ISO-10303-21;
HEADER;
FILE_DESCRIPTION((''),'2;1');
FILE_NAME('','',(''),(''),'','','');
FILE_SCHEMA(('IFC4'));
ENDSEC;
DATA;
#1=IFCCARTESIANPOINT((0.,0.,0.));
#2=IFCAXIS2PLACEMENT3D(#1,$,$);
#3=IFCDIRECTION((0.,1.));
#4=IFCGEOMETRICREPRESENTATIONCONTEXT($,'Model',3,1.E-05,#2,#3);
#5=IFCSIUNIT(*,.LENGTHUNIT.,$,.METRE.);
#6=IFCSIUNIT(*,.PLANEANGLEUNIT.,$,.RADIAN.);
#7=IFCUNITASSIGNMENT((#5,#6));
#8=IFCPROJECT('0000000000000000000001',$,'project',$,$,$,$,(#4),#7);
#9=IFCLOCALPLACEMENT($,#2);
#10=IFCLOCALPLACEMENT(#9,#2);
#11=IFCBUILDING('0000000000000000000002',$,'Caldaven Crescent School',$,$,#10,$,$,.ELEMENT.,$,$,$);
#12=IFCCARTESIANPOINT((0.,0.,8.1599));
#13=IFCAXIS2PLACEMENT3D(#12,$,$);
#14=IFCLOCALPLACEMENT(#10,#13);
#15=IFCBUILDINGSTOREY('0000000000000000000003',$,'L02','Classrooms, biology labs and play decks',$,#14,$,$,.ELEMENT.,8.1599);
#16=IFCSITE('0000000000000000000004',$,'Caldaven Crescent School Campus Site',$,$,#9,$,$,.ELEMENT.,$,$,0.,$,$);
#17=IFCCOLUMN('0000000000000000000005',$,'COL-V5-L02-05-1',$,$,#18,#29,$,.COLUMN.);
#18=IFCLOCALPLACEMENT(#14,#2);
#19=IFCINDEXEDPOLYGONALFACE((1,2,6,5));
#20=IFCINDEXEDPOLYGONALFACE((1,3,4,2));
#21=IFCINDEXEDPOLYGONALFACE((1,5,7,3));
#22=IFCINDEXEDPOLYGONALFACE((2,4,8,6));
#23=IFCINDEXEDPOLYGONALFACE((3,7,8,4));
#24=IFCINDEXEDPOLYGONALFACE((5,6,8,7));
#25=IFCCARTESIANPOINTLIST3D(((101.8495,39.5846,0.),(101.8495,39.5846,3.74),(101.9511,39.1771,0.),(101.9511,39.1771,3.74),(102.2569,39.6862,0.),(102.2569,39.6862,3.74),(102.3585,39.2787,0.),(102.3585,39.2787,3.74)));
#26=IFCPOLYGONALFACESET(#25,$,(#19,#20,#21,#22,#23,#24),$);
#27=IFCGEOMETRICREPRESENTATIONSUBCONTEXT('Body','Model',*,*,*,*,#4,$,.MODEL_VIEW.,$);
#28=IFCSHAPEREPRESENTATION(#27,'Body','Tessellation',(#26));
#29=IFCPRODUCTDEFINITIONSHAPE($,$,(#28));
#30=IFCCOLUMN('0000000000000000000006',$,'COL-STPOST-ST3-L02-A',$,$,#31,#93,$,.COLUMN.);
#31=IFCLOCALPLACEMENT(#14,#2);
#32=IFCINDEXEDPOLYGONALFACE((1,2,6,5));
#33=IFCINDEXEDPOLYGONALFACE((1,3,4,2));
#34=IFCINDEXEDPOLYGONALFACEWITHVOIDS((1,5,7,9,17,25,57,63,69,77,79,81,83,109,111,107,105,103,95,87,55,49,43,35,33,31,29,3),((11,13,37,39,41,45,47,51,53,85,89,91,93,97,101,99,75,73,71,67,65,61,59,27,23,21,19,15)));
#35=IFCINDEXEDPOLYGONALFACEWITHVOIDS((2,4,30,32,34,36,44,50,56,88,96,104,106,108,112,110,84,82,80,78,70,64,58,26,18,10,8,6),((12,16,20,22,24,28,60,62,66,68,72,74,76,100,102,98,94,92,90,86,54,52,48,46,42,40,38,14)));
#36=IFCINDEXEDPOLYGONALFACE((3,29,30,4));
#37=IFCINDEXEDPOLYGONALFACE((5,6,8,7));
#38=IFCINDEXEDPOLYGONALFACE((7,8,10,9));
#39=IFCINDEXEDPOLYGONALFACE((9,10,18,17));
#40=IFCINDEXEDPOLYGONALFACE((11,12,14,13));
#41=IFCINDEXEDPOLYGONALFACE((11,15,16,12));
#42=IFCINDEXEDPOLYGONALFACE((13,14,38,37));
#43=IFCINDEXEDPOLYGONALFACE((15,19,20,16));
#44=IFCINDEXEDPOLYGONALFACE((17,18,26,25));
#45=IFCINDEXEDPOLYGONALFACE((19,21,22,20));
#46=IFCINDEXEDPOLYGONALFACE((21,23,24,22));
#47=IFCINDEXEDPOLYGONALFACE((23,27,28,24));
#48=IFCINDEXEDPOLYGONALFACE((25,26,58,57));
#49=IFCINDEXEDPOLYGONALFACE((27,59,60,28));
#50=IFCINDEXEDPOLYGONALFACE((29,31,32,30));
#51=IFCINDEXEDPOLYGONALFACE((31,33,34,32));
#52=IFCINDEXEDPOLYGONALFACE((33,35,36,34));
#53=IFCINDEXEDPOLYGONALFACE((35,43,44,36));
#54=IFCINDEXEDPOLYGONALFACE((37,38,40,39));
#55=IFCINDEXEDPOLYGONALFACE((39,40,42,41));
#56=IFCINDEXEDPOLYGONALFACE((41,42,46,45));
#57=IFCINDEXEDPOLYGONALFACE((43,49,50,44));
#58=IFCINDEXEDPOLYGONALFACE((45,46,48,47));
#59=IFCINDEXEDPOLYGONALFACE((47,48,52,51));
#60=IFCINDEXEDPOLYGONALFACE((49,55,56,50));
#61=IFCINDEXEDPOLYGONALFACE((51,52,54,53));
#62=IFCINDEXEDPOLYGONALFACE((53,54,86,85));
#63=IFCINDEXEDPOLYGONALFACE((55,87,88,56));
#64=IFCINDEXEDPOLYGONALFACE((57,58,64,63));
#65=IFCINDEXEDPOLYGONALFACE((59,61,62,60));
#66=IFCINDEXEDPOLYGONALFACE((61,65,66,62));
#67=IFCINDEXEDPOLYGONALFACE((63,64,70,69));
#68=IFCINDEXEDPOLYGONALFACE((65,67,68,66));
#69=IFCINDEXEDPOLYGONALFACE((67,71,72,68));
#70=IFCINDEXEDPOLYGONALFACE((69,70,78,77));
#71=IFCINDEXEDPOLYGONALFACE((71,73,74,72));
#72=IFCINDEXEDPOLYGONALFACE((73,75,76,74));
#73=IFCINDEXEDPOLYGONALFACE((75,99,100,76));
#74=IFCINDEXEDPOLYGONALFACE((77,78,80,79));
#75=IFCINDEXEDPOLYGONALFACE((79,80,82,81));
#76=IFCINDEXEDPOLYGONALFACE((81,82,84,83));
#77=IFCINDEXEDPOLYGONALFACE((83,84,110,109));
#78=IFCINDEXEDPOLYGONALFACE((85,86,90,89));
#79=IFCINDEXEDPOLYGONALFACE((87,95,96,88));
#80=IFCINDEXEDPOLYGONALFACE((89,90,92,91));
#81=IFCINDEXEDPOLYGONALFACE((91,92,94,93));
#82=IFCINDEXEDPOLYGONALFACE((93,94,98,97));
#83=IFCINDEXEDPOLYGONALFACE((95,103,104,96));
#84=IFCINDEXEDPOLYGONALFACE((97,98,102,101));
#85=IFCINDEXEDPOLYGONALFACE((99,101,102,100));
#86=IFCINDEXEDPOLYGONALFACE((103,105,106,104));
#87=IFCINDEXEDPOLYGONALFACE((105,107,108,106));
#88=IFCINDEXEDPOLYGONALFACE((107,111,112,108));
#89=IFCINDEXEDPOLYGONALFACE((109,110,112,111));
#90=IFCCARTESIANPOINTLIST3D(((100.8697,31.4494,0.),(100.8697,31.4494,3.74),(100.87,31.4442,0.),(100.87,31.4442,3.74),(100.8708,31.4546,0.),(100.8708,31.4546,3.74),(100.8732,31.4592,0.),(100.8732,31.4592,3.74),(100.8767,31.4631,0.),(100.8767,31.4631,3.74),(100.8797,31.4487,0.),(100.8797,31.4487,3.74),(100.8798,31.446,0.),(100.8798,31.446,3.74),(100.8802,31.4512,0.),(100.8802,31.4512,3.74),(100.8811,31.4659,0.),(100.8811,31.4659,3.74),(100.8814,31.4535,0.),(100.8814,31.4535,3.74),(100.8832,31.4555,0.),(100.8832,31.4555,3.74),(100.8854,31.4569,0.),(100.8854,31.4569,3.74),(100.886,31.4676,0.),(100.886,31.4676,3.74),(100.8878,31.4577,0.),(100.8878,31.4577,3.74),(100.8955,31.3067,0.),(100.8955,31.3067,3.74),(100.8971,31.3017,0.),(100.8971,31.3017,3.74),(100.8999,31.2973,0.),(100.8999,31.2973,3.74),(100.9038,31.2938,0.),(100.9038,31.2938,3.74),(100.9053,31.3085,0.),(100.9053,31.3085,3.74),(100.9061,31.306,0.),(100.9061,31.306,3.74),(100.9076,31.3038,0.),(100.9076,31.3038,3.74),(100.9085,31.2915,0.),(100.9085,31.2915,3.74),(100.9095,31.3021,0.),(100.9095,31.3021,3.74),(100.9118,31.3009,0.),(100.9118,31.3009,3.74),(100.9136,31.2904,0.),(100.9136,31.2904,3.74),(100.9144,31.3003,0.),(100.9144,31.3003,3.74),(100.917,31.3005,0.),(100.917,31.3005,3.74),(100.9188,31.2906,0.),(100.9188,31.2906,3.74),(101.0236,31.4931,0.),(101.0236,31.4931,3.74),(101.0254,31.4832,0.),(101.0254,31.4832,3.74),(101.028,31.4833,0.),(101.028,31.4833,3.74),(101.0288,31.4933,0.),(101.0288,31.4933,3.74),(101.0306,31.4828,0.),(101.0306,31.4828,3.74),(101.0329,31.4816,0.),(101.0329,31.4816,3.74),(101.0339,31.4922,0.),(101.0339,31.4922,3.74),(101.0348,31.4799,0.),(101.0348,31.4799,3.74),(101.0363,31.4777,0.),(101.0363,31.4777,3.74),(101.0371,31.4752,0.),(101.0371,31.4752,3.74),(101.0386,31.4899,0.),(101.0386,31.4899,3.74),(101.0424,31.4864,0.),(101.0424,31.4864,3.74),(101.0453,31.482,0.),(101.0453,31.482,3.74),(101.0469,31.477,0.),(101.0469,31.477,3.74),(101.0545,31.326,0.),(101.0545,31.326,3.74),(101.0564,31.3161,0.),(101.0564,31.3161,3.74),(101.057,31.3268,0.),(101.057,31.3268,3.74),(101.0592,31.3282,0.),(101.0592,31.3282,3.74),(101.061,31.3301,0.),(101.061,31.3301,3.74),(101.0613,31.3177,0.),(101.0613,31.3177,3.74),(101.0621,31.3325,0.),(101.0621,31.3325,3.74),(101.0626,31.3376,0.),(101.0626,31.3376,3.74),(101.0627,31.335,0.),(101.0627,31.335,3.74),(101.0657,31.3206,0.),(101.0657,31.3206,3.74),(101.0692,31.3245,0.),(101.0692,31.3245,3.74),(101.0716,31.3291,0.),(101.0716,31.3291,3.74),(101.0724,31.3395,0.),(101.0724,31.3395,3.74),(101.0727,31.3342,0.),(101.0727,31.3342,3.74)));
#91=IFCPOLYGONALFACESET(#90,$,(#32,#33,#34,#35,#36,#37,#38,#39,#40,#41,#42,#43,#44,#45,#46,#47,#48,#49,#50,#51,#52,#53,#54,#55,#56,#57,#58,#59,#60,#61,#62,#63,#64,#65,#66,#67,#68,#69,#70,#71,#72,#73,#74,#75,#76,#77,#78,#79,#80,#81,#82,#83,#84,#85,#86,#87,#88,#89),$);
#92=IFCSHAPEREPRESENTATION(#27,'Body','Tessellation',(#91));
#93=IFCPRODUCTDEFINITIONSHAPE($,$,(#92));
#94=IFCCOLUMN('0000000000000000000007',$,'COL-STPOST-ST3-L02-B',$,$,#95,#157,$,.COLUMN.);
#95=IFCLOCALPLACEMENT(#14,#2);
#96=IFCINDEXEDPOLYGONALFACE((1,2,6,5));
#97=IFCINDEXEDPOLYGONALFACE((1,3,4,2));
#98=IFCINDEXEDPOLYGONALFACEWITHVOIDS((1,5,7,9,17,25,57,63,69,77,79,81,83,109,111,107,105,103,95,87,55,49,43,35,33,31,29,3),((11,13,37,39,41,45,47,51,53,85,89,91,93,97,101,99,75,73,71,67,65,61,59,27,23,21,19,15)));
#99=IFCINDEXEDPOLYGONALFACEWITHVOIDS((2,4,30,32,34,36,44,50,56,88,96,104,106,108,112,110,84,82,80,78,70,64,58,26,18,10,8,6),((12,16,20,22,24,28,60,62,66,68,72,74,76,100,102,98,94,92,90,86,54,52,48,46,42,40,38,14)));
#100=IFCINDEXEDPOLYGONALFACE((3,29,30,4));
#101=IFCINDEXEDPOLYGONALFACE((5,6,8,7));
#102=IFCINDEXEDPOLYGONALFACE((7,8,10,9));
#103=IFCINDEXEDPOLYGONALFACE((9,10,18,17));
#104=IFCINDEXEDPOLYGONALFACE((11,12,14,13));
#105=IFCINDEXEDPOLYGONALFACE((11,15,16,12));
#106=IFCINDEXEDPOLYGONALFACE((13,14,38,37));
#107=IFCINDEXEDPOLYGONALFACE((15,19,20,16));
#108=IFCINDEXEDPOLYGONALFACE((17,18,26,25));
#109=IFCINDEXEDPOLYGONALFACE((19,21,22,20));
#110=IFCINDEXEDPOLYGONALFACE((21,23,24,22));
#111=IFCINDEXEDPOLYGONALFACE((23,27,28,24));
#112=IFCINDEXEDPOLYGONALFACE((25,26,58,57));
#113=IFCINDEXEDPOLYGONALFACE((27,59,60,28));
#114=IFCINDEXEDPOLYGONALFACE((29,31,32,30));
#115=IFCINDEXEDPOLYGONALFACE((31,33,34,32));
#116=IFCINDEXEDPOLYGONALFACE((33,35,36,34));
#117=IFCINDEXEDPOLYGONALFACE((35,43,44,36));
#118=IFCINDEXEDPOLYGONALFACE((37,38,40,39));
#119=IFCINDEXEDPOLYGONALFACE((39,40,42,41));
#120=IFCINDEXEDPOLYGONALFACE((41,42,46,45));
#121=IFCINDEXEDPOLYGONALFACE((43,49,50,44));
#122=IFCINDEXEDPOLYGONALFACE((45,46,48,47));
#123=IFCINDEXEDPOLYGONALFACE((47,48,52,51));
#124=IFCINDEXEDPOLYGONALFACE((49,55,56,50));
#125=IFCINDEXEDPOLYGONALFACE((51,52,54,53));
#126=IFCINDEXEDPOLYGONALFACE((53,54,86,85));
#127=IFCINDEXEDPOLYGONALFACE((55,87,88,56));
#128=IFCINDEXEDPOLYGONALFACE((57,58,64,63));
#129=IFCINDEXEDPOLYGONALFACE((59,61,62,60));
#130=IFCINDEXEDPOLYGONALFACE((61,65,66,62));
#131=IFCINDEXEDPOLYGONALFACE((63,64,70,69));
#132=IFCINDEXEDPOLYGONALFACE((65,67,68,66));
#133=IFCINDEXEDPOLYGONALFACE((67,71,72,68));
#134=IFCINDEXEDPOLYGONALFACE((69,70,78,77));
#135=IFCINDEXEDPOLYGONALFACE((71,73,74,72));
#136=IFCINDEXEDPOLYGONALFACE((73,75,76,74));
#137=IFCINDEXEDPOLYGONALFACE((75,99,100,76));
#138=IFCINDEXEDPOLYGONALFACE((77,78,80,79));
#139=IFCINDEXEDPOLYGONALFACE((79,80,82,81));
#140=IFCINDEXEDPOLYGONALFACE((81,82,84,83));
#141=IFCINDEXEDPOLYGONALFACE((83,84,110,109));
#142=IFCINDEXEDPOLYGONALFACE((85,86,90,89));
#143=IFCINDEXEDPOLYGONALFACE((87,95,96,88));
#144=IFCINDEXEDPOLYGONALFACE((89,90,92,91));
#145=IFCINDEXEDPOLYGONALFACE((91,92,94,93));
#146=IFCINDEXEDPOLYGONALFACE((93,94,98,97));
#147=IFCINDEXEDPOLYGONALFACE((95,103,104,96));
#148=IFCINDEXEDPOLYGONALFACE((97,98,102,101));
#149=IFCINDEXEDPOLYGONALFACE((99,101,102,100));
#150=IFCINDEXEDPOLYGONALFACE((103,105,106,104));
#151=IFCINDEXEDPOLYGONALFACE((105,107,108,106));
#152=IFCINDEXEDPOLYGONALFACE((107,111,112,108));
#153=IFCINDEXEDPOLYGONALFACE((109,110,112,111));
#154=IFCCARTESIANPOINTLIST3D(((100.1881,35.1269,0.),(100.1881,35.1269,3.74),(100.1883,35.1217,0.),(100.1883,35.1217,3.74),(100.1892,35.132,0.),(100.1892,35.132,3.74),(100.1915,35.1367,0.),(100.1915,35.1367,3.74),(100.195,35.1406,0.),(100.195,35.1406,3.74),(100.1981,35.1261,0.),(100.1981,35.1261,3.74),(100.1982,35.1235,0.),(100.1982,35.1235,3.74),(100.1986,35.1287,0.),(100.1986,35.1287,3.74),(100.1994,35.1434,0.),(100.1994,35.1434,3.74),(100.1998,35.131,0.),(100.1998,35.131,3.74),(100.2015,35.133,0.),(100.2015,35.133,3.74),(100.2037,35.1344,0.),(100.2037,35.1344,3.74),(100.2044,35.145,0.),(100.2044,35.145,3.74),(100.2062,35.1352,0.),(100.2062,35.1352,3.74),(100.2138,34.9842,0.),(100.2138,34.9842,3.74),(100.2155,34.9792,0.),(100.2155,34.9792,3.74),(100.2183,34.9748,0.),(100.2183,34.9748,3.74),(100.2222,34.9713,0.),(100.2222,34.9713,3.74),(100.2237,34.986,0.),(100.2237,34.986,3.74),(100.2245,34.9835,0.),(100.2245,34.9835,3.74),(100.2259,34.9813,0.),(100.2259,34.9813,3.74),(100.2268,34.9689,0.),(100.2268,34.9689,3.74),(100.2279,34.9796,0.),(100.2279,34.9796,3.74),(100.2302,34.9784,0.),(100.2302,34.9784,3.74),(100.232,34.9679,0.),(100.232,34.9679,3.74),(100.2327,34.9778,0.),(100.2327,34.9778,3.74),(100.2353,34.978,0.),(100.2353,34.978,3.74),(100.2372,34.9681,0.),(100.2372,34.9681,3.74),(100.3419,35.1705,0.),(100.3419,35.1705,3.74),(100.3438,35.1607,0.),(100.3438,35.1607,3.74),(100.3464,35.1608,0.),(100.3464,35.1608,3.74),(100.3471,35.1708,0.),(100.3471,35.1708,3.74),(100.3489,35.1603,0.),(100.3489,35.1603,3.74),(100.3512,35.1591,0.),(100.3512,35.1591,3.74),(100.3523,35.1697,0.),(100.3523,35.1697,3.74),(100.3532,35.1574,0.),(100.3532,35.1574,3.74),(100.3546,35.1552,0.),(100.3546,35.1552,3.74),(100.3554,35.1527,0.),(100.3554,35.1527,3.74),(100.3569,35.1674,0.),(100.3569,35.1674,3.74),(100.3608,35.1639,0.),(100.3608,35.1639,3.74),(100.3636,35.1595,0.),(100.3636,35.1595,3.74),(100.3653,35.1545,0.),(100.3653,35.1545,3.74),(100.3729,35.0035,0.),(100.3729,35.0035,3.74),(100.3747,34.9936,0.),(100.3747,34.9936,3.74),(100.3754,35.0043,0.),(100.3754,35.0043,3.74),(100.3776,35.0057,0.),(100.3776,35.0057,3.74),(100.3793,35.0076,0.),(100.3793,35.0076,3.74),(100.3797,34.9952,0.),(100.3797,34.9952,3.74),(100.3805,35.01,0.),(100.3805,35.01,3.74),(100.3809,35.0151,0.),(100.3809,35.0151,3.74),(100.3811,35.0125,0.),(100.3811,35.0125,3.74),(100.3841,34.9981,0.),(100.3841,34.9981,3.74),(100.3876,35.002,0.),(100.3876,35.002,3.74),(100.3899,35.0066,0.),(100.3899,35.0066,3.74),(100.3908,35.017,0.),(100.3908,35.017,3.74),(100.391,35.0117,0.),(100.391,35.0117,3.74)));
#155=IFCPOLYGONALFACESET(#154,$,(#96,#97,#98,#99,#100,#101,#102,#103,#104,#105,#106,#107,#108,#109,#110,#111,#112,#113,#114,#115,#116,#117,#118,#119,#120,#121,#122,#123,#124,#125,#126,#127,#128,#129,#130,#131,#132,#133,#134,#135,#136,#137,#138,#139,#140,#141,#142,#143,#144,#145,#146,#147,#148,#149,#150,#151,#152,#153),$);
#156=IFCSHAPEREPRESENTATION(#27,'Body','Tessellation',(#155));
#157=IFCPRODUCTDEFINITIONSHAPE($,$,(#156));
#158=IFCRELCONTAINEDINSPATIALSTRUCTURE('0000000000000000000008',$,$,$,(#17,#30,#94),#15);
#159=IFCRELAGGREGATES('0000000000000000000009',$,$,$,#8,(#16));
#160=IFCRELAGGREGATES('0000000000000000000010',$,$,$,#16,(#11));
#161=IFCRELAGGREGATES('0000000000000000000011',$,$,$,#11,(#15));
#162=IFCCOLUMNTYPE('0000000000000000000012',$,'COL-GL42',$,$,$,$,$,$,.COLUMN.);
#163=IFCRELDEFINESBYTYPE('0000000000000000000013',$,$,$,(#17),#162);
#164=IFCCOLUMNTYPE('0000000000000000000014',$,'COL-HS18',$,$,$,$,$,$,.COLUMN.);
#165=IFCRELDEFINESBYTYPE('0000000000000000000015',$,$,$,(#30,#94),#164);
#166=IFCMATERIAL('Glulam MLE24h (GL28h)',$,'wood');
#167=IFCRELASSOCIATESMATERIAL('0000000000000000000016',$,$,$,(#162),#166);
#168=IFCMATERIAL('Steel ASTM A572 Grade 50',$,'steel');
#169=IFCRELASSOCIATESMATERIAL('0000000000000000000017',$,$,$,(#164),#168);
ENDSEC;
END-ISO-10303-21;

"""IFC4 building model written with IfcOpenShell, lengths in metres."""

from ifc_helpers import new_model, si_unit, direction, frame, origin, origin_2d, place, context, subcontext, project, spatial, rectangle, hollow_rectangle, extrude, material, material_profile, profile_set, type_object, element, save


model = new_model("IFC4")

# Units and contexts
model_context = context("Model", 3, precision=1e-05, world=origin(), true_north=direction((0.0, 1.0)))
body_context = subcontext(model_context, "Body", "Model", "MODEL_VIEW")
ifc_project = project(units=[si_unit("LENGTHUNIT", "METRE"), si_unit("PLANEANGLEUNIT", "RADIAN")], contexts=[model_context])

# Site, building, storey
site_placement = place(None, origin())
site = spatial("IfcSite", under=ifc_project, at=site_placement, Name="Caldaven Crescent School Campus Site", CompositionType="ELEMENT", RefElevation=0.0)
building_placement = place(site_placement, origin())
building = spatial("IfcBuilding", under=site, at=building_placement, Name="Caldaven Crescent School", CompositionType="ELEMENT")
storey_placement = place(building_placement, frame((0.0, 0.0, 8.1599)))
storey = spatial("IfcBuildingStorey", under=building, at=storey_placement, Name="L02", Description="Classrooms, biology labs and play decks", CompositionType="ELEMENT", Elevation=8.1599)

# Columns
ifc_material_1 = material(Name="Glulam MLE24h (GL28h)", Category="wood")
ifc_material_profile_1 = material_profile(ifc_material_1, rectangle(XDim=0.4199, YDim=0.4199, at=origin_2d()), Name="MLE 420x420")
ifc_profile_set_1 = profile_set([ifc_material_profile_1], Name="Glulam MLE24h (GL28h)")
column_type_1 = type_object("IfcColumnType", Name="COL-GL42", PredefinedType="COLUMN", material=ifc_profile_set_1)
column_placement = place(storey_placement, frame((102.104, 39.4316, 0.0), z_axis=(0.0, 0.0, 1.0), x_axis=(0.241922, -0.970296, 0.0)))
element("IfcColumn", 1, at=column_placement, inside=storey, type_object=column_type_1, Name="COL-V5-L02-05-1", PredefinedType="COLUMN", context=body_context, shape_type="SweptSolid", body=[
    extrude(rectangle(XDim=0.4199, YDim=0.4199, at=origin_2d()), origin(), (0.0, 0.0, 1.0), 3.74),
])
ifc_material_2 = material(Name="Steel ASTM A572 Grade 50", Category="steel")
ifc_material_profile_2 = material_profile(ifc_material_2, hollow_rectangle(XDim=0.1799, YDim=0.1799, WallThickness=0.01, InnerFilletRadius=0.01, OuterFilletRadius=0.02, at=origin_2d()), Name="HSS 180x180x10")
ifc_profile_set_2 = profile_set([ifc_material_profile_2], Name="Steel ASTM A572 Grade 50")
column_type_2 = type_object("IfcColumnType", Name="COL-HS18", PredefinedType="COLUMN", material=ifc_profile_set_2)
for number, where, z_axis, x_axis, name in (
    (2, (100.9712, 31.3918, 0.0), (0.0, 0.0, 1.0), (0.983255, 0.182236, 0.0), "COL-STPOST-ST3-L02-A"),
    (3, (100.2896, 35.0693, 0.0), (0.0, 0.0, 1.0), (0.983255, 0.182236, 0.0), "COL-STPOST-ST3-L02-B"),
):
    element("IfcColumn", number, at=place(storey_placement, frame(where, z_axis=z_axis, x_axis=x_axis)), inside=storey, type_object=column_type_2, Name=name, PredefinedType="COLUMN", context=body_context, shape_type="SweptSolid", body=[
        extrude(hollow_rectangle(XDim=0.1799, YDim=0.1799, WallThickness=0.01, InnerFilletRadius=0.01, OuterFilletRadius=0.02, at=origin_2d()), origin(), (0.0, 0.0, 1.0), 3.74),
    ])

save(model, "model.ifc")
